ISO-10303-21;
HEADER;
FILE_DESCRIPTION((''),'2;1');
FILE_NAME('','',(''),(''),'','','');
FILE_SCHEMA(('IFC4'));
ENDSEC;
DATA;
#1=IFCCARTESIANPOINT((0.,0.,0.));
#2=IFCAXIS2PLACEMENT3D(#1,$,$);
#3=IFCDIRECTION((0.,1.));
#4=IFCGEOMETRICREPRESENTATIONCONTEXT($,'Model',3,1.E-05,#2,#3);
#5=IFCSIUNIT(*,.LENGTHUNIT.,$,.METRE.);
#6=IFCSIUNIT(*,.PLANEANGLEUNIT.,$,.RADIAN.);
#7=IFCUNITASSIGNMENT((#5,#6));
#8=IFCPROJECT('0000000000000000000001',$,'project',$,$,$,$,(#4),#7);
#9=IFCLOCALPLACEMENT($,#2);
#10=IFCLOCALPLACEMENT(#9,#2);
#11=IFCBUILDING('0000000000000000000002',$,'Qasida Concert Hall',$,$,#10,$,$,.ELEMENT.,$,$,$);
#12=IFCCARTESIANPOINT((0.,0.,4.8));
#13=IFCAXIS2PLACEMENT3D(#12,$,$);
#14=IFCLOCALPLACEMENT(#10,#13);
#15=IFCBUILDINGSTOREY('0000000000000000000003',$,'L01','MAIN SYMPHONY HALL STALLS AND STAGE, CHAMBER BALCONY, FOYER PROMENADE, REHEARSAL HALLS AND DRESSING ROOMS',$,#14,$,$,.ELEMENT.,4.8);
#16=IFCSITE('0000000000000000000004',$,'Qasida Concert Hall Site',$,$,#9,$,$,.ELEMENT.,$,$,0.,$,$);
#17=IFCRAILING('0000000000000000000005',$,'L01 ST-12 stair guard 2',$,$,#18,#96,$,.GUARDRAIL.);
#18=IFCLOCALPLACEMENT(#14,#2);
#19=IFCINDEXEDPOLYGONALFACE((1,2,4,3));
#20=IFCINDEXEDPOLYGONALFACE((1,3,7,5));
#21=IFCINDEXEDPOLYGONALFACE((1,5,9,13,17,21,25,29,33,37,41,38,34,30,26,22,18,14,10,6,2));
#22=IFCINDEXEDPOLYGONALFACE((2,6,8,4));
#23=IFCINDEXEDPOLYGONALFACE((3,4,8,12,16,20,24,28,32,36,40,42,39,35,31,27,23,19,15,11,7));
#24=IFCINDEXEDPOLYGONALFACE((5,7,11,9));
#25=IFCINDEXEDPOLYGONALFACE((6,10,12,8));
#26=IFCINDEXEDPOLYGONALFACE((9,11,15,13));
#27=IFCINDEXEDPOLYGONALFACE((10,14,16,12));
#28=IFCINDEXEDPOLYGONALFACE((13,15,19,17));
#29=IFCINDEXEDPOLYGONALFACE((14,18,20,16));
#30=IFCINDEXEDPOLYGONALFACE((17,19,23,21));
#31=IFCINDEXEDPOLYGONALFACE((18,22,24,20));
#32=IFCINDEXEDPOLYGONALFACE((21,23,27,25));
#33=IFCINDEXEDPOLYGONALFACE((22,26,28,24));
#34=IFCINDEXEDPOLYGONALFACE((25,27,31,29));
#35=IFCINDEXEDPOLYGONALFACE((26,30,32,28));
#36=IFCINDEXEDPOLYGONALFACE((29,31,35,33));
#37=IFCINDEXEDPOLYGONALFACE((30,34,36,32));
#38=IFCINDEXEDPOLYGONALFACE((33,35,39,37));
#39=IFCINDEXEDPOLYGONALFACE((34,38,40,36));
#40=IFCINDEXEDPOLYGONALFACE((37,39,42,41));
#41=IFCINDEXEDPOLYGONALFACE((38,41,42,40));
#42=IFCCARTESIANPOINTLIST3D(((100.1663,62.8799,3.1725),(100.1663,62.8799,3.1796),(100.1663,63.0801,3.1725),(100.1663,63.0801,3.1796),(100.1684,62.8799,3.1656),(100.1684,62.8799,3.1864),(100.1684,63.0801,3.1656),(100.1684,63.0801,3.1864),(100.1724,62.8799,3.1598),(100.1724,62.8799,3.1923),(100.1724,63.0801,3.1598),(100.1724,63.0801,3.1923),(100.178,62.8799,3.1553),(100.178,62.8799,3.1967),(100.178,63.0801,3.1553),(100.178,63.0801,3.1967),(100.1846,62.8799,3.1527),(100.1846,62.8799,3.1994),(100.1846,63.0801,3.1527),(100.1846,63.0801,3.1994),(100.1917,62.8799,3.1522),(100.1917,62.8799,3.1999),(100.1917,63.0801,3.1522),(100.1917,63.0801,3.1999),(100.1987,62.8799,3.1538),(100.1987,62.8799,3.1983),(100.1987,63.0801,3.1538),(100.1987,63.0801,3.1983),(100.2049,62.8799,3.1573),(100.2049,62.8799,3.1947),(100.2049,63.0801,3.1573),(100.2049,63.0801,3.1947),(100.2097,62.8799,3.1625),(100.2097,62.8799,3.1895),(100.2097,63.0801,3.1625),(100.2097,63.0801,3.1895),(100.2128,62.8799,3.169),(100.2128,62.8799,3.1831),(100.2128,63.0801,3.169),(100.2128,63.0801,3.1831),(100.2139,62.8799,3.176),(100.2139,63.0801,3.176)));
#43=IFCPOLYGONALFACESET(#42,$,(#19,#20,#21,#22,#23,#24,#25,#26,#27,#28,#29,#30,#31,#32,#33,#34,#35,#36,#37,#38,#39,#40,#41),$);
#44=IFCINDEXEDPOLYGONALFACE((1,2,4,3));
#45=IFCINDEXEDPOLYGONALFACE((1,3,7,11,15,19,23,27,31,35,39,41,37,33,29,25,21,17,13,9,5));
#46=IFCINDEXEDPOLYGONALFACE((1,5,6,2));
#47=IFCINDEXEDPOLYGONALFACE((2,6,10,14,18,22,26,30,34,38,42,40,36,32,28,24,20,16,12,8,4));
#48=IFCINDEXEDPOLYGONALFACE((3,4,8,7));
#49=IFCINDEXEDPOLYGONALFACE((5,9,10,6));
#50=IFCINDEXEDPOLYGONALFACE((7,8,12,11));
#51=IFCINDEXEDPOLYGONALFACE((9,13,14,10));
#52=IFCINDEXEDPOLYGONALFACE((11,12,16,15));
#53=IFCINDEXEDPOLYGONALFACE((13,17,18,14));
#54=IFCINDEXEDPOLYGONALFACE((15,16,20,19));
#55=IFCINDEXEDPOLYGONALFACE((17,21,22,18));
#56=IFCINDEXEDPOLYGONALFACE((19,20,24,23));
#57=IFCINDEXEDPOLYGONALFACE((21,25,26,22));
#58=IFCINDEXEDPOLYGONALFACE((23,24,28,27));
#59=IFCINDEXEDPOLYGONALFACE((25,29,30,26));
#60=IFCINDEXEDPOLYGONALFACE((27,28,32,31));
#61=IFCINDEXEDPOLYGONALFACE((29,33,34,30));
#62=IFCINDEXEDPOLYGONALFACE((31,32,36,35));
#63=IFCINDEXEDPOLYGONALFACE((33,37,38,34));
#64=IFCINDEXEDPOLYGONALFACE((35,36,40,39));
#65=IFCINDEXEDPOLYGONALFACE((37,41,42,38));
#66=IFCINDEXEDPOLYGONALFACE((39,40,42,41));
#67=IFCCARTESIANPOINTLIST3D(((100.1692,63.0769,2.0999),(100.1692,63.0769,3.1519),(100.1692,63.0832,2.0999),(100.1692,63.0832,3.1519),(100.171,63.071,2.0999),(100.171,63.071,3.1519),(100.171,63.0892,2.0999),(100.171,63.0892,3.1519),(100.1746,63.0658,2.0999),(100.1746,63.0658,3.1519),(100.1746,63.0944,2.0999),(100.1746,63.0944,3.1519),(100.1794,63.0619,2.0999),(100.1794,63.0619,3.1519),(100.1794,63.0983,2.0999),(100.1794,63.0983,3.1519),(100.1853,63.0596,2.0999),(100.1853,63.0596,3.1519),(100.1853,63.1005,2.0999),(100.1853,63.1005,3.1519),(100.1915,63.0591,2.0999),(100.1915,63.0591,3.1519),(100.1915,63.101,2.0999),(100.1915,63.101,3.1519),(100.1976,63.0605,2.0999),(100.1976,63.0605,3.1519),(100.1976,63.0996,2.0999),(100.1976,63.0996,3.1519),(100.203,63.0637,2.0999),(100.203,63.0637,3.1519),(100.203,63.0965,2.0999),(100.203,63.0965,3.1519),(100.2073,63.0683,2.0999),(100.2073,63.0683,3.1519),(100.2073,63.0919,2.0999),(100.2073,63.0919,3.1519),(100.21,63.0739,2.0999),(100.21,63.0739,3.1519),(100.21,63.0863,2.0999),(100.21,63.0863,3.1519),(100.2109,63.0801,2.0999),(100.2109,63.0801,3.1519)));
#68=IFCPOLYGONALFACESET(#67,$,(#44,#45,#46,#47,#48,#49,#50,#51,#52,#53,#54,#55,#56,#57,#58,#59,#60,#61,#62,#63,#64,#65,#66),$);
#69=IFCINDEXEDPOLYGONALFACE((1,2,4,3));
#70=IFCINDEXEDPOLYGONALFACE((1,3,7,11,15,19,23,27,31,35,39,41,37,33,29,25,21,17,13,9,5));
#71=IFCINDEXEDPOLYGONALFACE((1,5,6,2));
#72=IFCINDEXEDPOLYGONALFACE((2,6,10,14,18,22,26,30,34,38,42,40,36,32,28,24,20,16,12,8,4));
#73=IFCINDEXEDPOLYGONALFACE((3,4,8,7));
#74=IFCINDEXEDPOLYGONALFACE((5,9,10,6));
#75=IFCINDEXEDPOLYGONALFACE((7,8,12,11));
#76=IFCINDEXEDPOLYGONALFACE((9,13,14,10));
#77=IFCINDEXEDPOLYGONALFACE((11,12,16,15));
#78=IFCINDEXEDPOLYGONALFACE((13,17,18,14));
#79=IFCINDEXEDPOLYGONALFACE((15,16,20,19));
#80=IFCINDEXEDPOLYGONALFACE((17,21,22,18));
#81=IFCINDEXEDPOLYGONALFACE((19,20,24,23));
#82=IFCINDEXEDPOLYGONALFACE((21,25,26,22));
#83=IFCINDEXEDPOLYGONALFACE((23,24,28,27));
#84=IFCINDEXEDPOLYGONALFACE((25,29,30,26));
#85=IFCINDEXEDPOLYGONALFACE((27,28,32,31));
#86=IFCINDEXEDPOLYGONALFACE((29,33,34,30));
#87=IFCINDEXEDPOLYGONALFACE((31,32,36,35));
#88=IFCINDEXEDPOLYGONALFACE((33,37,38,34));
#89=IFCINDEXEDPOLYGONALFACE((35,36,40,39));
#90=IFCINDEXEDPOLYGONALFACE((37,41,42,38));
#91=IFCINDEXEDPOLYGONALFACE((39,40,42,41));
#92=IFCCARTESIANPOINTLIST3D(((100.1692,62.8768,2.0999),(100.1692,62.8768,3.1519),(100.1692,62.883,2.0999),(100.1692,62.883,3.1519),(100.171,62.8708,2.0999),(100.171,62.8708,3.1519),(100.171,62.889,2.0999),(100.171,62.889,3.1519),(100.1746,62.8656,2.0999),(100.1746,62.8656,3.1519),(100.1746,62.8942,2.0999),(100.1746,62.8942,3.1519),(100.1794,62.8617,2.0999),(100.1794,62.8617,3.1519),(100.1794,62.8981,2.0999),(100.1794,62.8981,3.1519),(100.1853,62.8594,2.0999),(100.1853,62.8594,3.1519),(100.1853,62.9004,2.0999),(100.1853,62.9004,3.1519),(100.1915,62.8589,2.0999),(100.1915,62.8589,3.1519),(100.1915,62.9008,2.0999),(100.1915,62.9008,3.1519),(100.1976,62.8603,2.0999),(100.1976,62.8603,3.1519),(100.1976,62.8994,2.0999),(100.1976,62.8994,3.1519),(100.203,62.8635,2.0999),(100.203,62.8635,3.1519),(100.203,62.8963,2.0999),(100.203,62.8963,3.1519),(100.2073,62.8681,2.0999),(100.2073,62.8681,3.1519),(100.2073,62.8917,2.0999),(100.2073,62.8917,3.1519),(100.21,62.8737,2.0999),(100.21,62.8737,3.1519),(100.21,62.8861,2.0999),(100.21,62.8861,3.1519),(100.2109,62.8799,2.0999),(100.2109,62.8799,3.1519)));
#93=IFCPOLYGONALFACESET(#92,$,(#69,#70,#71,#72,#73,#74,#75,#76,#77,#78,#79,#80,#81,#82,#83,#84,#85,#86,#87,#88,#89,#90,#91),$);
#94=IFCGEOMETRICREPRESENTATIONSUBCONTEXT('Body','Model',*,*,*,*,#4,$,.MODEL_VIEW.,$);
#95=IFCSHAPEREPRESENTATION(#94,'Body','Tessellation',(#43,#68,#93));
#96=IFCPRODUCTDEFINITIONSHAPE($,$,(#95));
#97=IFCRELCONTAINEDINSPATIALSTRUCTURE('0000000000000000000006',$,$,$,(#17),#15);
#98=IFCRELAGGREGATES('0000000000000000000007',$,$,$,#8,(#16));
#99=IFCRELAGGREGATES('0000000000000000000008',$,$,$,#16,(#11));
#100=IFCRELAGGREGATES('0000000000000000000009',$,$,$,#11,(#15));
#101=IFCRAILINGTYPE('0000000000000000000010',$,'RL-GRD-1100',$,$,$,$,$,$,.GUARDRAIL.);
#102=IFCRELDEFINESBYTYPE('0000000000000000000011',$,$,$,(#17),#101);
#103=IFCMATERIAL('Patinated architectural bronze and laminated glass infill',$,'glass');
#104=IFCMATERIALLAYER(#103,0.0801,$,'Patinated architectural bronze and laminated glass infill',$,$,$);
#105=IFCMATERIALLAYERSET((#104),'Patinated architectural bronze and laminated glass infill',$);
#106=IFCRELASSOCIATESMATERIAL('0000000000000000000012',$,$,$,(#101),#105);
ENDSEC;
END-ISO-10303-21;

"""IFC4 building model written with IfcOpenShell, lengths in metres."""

from ifc_helpers import new_model, si_unit, direction, frame, origin, origin_2d, place, context, subcontext, project, spatial, circle, extrude, material, layer, layer_set, type_object, element, save


model = new_model("IFC4")

# Units and contexts
model_context = context("Model", 3, precision=1e-05, world=origin(), true_north=direction((0.0, 1.0)))
body_context = subcontext(model_context, "Body", "Model", "MODEL_VIEW")
ifc_project = project(units=[si_unit("LENGTHUNIT", "METRE"), si_unit("PLANEANGLEUNIT", "RADIAN")], contexts=[model_context])

# Site, building, storey
site_placement = place(None, origin())
site = spatial("IfcSite", under=ifc_project, at=site_placement, Name="Qasida Concert Hall Site", CompositionType="ELEMENT", RefElevation=0.0)
building_placement = place(site_placement, origin())
building = spatial("IfcBuilding", under=site, at=building_placement, Name="Qasida Concert Hall", CompositionType="ELEMENT")
storey_placement = place(building_placement, frame((0.0, 0.0, 4.8)))
storey = spatial("IfcBuildingStorey", under=building, at=storey_placement, Name="L01", Description="MAIN SYMPHONY HALL STALLS AND STAGE, CHAMBER BALCONY, FOYER PROMENADE, REHEARSAL HALLS AND DRESSING ROOMS", CompositionType="ELEMENT", Elevation=4.8)

# Railing
ifc_material_1 = material(Name="Patinated architectural bronze and laminated glass infill", Category="glass")
ifc_layer_1 = layer(ifc_material_1, 0.0801, Name="Patinated architectural bronze and laminated glass infill")
ifc_layer_set_1 = layer_set([ifc_layer_1], Name="Patinated architectural bronze and laminated glass infill")
railing_type_1 = type_object("IfcRailingType", Name="RL-GRD-1100", PredefinedType="GUARDRAIL", material=ifc_layer_set_1)
railing_1_placement = place(storey_placement, frame((100.1899, 63.0801, 2.0999)))
element("IfcRailing", 1, at=railing_1_placement, inside=storey, type_object=railing_type_1, Name="L01 ST-12 stair guard 2", PredefinedType="GUARDRAIL", context=body_context, shape_type="SweptSolid", body=[
    extrude(circle(Radius=0.0239, at=origin_2d()), frame((0.0, 0.0, 1.0762), z_axis=(0.0, -1.0, 0.0), x_axis=(1.0, 0.0, 0.0)), (0.0, 0.0, 1.0), 0.2002),
    extrude(circle(Radius=0.021, at=origin_2d()), origin(), (0.0, 0.0, 1.0), 1.052),
    extrude(circle(Radius=0.021, at=origin_2d()), frame((0.0, -0.2002, 0.0)), (0.0, 0.0, 1.0), 1.052),
])

save(model, "model.ifc")
